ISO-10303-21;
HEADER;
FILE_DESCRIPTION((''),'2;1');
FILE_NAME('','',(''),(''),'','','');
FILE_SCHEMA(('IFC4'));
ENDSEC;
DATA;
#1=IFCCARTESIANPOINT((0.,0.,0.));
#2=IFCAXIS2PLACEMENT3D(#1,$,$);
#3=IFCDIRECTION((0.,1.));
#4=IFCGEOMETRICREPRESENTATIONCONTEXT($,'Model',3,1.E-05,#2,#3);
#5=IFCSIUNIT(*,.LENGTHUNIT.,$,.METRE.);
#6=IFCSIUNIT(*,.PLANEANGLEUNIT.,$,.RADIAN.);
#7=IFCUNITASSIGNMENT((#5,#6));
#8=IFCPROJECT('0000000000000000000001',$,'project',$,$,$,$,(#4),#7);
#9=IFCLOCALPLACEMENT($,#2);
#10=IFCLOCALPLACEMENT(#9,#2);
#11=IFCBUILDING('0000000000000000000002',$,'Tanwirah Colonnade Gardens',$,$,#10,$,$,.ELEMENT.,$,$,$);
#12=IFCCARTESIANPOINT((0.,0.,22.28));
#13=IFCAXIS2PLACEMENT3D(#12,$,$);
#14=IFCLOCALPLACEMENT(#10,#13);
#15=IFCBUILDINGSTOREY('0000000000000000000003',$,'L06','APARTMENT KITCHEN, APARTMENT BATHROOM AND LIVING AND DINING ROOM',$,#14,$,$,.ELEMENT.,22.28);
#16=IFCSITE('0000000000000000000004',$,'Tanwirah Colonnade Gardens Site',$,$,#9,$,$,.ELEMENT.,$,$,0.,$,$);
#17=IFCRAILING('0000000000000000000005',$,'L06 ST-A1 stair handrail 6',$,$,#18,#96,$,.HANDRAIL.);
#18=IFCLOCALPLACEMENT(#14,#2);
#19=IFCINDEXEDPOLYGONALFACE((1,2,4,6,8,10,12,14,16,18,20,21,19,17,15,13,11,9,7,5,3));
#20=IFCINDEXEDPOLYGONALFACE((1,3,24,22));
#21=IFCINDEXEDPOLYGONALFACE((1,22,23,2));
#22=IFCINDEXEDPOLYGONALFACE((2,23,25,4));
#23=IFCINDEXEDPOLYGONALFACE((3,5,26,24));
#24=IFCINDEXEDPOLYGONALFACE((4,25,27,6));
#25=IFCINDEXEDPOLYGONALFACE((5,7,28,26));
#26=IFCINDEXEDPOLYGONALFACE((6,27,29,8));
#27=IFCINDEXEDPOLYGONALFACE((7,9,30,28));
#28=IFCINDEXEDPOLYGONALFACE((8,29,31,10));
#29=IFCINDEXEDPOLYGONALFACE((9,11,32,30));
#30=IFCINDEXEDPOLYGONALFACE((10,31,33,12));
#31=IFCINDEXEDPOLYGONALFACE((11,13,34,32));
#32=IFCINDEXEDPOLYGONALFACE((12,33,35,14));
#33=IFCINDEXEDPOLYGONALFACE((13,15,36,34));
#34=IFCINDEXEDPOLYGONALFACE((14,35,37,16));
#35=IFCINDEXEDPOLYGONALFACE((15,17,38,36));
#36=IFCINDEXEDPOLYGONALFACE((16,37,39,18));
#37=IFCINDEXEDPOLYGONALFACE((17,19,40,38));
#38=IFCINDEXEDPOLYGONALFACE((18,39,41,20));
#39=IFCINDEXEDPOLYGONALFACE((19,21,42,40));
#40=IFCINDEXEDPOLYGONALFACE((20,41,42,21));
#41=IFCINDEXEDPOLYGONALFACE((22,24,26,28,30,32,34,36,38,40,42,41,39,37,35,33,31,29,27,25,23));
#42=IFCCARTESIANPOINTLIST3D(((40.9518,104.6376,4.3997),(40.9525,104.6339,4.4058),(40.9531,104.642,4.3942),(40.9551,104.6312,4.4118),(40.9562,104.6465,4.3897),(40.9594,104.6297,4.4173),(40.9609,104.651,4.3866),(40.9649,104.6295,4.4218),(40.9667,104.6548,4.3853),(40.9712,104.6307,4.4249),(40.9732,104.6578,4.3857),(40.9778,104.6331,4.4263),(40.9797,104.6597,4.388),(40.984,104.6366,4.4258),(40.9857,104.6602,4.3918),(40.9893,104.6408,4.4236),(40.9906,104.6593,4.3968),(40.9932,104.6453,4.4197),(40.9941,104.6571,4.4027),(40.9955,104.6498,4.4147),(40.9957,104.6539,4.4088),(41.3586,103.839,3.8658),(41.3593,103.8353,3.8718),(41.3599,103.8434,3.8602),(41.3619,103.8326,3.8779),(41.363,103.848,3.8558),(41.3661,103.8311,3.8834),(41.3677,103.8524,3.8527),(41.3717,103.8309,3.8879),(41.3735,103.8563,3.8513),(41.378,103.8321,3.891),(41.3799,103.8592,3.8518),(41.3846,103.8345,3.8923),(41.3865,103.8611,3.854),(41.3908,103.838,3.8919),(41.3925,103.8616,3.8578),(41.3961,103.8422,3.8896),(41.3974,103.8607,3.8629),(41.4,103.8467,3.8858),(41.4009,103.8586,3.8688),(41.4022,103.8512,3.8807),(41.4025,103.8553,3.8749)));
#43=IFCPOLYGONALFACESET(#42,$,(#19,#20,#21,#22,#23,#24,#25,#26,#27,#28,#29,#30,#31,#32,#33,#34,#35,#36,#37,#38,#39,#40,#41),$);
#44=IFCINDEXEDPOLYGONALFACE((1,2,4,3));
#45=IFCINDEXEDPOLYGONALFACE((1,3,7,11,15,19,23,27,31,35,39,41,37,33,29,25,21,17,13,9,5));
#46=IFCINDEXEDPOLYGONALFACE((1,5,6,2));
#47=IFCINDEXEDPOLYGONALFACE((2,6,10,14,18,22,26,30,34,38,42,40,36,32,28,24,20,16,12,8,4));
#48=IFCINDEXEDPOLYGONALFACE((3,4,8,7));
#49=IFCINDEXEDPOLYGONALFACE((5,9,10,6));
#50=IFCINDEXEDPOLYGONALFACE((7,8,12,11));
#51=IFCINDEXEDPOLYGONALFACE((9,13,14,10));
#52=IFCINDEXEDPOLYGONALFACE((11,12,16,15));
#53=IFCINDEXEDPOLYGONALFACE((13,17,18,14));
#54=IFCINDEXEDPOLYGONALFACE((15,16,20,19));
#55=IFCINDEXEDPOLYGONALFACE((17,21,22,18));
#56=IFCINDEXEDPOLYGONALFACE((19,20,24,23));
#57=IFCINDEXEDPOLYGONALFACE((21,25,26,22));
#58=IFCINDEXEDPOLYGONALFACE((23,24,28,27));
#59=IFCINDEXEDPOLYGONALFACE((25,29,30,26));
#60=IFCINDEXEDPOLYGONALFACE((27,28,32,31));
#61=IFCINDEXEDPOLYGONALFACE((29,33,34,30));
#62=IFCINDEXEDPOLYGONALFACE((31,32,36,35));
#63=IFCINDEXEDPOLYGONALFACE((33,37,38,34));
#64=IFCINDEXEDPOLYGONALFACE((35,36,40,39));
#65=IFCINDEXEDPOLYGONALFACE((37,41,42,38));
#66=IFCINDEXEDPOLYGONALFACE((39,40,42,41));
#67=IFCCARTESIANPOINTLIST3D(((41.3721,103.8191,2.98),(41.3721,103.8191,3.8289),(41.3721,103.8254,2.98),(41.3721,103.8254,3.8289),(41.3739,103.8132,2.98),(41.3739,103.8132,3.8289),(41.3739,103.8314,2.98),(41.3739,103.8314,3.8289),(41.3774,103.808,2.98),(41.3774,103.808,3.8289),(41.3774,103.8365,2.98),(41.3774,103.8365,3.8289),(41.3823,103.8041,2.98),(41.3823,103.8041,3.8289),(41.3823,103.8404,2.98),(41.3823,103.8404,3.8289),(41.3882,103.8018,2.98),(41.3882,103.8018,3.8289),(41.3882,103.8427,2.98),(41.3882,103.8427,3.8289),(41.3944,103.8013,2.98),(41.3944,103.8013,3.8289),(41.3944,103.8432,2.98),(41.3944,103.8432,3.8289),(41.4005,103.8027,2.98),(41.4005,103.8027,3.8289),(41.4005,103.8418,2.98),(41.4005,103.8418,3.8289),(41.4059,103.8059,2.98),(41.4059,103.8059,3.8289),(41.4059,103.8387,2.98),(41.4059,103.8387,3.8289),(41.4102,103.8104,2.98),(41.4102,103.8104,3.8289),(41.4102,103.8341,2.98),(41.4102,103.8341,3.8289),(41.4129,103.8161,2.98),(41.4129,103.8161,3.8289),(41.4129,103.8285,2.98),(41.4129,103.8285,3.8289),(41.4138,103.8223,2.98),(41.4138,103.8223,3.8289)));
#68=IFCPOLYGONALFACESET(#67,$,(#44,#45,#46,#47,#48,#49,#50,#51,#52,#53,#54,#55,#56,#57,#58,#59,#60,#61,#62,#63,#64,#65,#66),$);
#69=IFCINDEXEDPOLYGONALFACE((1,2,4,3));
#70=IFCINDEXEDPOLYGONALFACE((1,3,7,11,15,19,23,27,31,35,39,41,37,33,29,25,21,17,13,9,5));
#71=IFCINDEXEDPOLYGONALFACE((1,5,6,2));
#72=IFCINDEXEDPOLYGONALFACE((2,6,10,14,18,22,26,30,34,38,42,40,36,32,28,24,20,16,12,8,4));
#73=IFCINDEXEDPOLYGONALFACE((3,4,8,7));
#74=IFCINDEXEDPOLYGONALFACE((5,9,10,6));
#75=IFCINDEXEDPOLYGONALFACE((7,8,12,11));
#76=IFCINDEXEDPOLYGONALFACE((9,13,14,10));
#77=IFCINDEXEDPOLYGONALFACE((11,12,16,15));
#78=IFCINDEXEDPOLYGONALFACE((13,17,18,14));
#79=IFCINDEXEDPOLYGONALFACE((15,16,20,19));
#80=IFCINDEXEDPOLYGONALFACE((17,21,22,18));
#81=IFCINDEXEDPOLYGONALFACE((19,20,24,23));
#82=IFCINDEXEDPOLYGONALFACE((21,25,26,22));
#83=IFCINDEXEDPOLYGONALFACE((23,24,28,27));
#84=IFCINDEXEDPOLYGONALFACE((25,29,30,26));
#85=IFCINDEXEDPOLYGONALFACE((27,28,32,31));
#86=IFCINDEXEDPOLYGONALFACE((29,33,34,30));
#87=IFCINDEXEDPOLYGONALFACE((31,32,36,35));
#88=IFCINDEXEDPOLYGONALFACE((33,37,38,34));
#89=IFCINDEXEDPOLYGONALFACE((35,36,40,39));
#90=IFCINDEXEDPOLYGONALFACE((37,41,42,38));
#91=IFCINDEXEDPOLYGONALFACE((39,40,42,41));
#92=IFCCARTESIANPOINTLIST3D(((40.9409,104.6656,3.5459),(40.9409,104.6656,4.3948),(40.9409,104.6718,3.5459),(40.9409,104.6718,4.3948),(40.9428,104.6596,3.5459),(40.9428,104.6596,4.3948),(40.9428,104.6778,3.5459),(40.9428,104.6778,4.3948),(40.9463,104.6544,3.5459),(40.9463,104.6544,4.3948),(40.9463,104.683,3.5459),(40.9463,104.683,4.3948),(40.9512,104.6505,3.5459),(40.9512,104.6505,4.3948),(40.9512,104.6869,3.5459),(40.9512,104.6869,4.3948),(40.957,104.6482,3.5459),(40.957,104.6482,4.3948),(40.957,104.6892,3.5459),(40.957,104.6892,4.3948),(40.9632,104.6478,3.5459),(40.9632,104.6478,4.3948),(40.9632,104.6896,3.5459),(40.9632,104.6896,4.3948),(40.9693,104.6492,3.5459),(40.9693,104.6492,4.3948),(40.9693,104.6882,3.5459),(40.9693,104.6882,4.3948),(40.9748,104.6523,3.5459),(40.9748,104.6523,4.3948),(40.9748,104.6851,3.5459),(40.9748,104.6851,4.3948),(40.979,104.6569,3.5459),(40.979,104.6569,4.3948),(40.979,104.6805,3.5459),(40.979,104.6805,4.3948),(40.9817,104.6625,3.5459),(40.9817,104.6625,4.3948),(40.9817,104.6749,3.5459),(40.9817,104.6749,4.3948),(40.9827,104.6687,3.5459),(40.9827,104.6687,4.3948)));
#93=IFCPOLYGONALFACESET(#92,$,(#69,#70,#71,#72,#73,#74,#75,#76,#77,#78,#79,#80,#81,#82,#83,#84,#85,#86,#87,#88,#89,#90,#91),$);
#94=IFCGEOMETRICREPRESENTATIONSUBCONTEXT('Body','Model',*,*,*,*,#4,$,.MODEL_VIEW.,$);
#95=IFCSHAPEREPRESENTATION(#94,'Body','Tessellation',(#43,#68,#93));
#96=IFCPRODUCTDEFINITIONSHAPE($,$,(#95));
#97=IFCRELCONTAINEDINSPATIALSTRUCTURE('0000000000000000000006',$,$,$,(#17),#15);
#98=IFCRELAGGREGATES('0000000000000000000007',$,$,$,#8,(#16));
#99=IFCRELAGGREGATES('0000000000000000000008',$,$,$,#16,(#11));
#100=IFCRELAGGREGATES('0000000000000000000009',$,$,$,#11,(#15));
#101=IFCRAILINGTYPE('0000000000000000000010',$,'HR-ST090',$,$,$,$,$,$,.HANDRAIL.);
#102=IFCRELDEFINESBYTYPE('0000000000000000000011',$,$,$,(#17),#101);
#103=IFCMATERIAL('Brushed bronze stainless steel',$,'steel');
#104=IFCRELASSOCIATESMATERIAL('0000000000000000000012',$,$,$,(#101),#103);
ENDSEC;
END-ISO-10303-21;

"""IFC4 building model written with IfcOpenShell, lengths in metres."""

from ifc_helpers import new_model, si_unit, direction, frame, origin, origin_2d, place, context, subcontext, project, spatial, circle, extrude, material, type_object, element, save


model = new_model("IFC4")

# Units and contexts
model_context = context("Model", 3, precision=1e-05, world=origin(), true_north=direction((0.0, 1.0)))
body_context = subcontext(model_context, "Body", "Model", "MODEL_VIEW")
ifc_project = project(units=[si_unit("LENGTHUNIT", "METRE"), si_unit("PLANEANGLEUNIT", "RADIAN")], contexts=[model_context])

# Site, building, storey
site_placement = place(None, origin())
site = spatial("IfcSite", under=ifc_project, at=site_placement, Name="Tanwirah Colonnade Gardens Site", CompositionType="ELEMENT", RefElevation=0.0)
building_placement = place(site_placement, origin())
building = spatial("IfcBuilding", under=site, at=building_placement, Name="Tanwirah Colonnade Gardens", CompositionType="ELEMENT")
storey_placement = place(building_placement, frame((0.0, 0.0, 22.28)))
storey = spatial("IfcBuildingStorey", under=building, at=storey_placement, Name="L06", Description="APARTMENT KITCHEN, APARTMENT BATHROOM AND LIVING AND DINING ROOM", CompositionType="ELEMENT", Elevation=22.28)

# Railing
ifc_material_1 = material(Name="Brushed bronze stainless steel", Category="steel")
railing_type_1 = type_object("IfcRailingType", Name="HR-ST090", PredefinedType="HANDRAIL", material=ifc_material_1)
railing_1_placement = place(storey_placement, frame((41.3928, 103.8223, 2.98)))
element("IfcRailing", 1, at=railing_1_placement, inside=storey, type_object=railing_type_1, Name="L06 ST-A1 stair handrail 6", PredefinedType="HANDRAIL", context=body_context, shape_type="SweptSolid", body=[
    extrude(circle(Radius=0.0239, at=origin_2d()), frame((-0.0122, 0.0239, 0.8918), z_axis=(-0.38993, 0.765509, 0.511811), x_axis=(-0.891061, -0.453883, 0.0)), (0.0, 0.0, 1.0), 1.0432),
    extrude(circle(Radius=0.021, at=origin_2d()), origin(), (0.0, 0.0, 1.0), 0.8489),
    extrude(circle(Radius=0.021, at=origin_2d()), frame((-0.4312, 0.8464, 0.5659)), (0.0, 0.0, 1.0), 0.8489),
])

save(model, "model.ifc")
